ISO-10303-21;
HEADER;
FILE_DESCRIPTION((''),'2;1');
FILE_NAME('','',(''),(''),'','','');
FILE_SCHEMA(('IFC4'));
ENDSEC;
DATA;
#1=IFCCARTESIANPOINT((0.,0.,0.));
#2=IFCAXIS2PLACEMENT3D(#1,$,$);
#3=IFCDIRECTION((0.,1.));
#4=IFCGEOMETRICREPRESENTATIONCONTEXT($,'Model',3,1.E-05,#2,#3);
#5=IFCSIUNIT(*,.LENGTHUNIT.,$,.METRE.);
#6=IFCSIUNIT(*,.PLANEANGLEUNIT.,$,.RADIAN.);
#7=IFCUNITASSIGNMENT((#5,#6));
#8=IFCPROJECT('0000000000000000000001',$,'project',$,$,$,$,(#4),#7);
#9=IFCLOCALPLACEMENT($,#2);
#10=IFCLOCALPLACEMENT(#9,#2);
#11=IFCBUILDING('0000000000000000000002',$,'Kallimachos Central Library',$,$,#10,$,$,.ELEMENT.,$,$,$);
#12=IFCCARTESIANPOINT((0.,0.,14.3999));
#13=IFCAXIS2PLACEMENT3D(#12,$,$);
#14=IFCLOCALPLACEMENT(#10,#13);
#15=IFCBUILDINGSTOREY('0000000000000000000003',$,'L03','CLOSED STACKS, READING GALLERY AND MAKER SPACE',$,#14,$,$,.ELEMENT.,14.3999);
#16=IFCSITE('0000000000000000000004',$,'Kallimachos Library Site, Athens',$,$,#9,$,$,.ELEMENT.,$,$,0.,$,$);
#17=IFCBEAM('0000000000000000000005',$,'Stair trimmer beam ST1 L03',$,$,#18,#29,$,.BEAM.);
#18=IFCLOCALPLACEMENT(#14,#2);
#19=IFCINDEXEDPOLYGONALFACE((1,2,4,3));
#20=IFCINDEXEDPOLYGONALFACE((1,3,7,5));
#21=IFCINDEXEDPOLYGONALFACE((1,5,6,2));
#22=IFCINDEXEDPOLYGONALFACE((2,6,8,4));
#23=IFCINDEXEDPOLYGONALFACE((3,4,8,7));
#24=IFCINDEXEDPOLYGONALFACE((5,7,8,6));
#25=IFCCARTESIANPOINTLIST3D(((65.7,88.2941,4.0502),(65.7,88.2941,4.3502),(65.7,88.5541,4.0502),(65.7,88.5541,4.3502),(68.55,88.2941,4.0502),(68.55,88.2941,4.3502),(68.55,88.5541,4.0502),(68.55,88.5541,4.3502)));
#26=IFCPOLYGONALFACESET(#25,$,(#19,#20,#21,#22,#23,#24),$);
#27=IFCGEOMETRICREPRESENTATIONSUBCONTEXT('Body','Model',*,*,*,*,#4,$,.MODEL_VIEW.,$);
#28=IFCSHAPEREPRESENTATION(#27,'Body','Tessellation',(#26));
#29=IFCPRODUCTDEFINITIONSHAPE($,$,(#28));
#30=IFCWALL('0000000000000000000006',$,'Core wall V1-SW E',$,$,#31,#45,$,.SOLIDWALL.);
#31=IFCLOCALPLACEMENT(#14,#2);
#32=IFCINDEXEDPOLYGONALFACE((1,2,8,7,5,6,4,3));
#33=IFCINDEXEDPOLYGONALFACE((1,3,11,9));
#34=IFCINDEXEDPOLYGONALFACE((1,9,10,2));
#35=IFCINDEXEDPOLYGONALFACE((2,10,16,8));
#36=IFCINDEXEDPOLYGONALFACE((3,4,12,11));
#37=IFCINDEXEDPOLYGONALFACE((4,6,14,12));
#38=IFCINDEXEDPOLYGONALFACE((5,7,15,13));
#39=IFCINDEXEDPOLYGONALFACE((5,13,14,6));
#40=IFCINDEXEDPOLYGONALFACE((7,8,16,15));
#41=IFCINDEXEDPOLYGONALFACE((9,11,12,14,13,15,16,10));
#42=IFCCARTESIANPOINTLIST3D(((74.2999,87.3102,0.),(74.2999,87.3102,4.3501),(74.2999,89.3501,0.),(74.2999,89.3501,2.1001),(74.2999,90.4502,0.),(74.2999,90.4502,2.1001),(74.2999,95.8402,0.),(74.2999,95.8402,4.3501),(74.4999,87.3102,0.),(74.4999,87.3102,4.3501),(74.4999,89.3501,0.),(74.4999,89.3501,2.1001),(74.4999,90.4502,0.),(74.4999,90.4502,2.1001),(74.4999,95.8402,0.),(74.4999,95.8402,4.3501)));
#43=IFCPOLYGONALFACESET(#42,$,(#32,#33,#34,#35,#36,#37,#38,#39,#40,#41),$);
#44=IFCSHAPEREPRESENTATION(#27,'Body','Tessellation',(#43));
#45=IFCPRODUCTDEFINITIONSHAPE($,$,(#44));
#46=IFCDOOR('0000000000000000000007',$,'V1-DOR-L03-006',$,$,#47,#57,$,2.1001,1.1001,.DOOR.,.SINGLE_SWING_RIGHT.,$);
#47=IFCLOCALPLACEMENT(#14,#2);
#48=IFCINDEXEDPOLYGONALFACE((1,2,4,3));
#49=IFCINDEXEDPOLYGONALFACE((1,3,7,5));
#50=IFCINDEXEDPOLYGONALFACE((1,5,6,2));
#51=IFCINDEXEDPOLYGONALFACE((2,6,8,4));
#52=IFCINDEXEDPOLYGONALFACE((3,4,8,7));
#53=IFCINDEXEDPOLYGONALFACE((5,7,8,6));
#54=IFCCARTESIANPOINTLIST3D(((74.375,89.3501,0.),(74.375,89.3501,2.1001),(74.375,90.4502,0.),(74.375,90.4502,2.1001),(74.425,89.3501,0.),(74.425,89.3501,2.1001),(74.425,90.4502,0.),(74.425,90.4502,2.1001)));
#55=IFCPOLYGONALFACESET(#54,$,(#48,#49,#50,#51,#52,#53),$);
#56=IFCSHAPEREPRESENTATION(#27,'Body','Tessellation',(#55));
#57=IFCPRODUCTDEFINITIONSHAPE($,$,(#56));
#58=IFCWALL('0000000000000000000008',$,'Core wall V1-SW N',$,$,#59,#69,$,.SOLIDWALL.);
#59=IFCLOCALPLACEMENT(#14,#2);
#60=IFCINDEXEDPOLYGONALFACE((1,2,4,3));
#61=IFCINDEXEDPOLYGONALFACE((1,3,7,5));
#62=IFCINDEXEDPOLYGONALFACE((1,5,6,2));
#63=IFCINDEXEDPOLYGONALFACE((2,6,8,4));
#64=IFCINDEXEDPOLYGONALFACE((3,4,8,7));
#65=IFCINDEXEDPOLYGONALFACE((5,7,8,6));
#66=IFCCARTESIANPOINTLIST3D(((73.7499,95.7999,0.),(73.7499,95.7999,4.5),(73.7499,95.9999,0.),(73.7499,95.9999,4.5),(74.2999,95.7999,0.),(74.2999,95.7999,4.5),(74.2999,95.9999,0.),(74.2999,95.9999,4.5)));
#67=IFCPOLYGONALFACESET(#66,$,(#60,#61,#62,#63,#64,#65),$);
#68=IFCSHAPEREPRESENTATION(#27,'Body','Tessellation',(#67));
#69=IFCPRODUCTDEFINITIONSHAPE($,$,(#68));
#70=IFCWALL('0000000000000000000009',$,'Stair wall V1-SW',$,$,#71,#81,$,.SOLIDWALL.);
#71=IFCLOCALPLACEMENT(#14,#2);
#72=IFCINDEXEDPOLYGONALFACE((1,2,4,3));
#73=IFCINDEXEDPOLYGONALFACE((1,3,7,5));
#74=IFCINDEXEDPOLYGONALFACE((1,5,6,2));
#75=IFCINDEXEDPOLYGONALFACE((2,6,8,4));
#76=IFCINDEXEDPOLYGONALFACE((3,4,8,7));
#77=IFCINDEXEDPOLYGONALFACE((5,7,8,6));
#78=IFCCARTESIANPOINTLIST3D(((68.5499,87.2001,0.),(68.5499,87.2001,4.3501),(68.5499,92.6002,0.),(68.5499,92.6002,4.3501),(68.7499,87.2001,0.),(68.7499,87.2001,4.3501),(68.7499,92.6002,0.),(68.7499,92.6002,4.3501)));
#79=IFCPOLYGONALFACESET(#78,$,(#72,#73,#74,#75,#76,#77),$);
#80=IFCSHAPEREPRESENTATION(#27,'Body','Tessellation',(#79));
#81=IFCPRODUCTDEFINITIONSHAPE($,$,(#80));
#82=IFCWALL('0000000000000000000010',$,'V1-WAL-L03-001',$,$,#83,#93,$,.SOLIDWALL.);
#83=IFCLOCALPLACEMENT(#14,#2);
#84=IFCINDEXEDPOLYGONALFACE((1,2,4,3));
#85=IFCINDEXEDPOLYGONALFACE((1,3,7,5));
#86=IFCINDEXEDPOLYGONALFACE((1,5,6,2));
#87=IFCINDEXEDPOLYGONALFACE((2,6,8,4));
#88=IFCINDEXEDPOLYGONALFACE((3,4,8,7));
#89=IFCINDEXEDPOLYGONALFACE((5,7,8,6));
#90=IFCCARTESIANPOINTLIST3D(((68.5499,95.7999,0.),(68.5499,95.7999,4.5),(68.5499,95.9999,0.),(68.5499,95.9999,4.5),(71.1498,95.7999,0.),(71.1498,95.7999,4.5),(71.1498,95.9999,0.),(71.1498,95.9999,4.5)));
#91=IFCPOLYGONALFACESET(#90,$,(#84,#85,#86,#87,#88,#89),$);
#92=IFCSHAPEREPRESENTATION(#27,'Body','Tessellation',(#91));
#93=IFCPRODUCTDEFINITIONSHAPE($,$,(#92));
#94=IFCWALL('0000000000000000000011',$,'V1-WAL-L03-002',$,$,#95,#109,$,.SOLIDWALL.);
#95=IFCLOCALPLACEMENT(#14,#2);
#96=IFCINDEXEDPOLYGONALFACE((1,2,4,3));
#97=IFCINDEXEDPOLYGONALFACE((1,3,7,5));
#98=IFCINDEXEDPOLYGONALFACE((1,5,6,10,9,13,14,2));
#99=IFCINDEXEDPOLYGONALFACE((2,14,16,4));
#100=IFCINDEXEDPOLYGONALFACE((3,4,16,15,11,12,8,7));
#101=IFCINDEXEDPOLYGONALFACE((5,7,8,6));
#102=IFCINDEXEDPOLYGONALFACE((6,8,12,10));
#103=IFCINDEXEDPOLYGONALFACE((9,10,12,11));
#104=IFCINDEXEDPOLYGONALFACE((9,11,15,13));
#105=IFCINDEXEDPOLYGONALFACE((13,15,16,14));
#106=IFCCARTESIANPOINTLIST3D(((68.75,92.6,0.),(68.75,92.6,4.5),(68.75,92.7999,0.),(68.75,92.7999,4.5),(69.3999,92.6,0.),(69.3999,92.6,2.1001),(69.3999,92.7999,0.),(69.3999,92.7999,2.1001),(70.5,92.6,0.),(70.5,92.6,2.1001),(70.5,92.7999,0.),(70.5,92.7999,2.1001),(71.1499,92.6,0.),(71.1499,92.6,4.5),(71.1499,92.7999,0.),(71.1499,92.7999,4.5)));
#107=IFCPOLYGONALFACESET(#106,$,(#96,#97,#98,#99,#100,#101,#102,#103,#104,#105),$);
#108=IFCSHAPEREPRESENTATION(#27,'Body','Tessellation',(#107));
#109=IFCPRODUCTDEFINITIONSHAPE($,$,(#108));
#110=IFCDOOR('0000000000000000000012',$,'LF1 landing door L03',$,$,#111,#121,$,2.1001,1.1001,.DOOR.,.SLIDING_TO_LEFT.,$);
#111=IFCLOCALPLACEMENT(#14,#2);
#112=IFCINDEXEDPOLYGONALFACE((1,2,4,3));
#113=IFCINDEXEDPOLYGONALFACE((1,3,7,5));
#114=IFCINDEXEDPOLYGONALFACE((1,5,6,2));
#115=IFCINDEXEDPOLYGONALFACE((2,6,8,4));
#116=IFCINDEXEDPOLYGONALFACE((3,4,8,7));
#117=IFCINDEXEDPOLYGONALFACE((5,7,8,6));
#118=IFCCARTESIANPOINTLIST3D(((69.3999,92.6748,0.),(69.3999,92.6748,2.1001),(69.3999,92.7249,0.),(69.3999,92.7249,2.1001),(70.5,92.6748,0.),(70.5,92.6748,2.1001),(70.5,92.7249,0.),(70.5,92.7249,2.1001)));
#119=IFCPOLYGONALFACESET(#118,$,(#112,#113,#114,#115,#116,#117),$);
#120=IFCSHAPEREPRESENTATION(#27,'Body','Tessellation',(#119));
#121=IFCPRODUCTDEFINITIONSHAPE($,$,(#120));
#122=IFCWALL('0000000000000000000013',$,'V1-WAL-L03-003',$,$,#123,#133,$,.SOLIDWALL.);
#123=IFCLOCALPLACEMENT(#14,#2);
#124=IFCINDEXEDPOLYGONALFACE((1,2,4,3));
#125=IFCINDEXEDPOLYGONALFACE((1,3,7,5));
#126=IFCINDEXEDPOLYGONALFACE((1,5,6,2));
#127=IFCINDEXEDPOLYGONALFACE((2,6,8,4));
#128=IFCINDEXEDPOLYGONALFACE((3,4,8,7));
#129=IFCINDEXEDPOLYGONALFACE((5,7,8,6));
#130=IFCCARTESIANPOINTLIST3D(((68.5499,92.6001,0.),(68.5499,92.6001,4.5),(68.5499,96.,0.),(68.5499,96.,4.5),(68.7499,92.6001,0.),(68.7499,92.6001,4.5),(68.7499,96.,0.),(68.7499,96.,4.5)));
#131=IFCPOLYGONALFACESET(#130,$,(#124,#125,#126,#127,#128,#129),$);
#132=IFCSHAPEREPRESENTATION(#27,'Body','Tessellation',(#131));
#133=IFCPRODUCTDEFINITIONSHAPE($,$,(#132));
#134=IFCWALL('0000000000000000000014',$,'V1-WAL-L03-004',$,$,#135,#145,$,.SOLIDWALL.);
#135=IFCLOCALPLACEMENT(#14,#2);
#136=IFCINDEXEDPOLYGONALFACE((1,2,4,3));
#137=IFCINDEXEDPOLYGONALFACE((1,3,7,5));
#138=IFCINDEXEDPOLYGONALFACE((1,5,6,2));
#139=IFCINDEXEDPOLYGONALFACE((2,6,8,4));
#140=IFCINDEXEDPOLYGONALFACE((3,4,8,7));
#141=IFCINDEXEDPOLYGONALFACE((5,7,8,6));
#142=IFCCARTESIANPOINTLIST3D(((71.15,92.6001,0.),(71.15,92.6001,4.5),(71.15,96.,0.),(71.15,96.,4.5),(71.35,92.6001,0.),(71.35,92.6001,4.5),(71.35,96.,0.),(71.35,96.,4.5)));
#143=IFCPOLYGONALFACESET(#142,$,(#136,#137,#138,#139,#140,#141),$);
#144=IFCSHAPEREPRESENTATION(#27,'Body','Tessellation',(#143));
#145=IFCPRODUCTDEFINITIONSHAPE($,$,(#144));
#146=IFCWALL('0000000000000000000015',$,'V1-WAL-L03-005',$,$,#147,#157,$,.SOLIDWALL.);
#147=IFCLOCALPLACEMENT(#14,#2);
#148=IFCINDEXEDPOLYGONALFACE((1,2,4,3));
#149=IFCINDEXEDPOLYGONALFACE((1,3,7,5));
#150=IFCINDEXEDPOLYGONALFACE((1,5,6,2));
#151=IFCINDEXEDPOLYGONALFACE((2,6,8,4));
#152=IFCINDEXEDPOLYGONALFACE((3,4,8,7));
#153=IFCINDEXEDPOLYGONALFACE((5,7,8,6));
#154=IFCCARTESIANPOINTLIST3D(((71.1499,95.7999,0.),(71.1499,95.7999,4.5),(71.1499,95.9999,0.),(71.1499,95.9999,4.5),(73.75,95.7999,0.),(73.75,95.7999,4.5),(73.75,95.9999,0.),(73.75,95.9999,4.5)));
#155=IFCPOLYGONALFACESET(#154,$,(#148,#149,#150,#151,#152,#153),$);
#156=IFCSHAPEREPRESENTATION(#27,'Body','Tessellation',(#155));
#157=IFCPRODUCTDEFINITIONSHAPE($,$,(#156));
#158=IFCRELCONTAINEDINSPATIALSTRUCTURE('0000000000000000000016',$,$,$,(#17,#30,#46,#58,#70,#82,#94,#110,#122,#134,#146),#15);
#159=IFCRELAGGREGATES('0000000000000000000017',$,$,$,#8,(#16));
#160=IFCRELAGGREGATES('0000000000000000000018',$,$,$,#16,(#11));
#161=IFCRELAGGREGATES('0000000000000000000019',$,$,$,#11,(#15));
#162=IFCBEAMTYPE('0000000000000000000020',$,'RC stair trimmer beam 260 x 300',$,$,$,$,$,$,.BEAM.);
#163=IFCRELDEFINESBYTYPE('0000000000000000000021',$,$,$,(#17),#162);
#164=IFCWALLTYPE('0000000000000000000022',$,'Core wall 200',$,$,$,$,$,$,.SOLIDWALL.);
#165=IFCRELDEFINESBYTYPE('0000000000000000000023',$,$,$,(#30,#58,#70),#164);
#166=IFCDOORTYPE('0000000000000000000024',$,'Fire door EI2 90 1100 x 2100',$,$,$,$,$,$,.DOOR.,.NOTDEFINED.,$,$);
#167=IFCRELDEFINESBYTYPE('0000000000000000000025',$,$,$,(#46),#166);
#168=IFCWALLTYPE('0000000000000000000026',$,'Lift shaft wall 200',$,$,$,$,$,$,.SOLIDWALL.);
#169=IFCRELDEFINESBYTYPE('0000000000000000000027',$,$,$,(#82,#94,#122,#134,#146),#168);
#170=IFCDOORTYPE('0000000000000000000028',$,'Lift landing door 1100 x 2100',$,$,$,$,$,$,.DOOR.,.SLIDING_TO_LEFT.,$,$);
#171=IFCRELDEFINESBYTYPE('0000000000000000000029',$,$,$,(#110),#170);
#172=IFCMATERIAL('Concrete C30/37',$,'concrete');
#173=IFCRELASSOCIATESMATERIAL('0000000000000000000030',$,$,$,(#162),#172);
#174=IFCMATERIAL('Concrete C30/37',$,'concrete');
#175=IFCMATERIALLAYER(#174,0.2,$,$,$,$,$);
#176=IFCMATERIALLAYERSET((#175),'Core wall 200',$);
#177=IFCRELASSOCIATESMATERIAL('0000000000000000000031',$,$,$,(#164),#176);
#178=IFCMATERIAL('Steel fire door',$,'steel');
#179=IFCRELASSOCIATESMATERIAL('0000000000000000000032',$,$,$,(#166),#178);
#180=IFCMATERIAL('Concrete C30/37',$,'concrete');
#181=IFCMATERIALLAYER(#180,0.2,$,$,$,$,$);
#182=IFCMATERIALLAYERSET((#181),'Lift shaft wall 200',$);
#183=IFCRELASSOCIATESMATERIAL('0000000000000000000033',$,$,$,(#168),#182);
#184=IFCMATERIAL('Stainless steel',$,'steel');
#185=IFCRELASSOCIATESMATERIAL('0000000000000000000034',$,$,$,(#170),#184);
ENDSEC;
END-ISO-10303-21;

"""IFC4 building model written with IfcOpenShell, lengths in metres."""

from ifc_helpers import new_model, si_unit, direction, frame, frame_2d, origin, origin_2d, place, context, subcontext, project, spatial, rectangle, extrude, material, layer, layer_set, material_profile, profile_set, type_object, element, fill, save


model = new_model("IFC4")

# Units and contexts
model_context = context("Model", 3, precision=1e-05, world=origin(), true_north=direction((0.0, 1.0)))
body_context = subcontext(model_context, "Body", "Model", "MODEL_VIEW")
ifc_project = project(units=[si_unit("LENGTHUNIT", "METRE"), si_unit("PLANEANGLEUNIT", "RADIAN")], contexts=[model_context])

# Site, building, storey
site_placement = place(None, origin())
site = spatial("IfcSite", under=ifc_project, at=site_placement, Name="Kallimachos Library Site, Athens", CompositionType="ELEMENT", RefElevation=0.0)
building_placement = place(site_placement, origin())
building = spatial("IfcBuilding", under=site, at=building_placement, Name="Kallimachos Central Library", CompositionType="ELEMENT")
storey_placement = place(building_placement, frame((0.0, 0.0, 14.3999)))
storey = spatial("IfcBuildingStorey", under=building, at=storey_placement, Name="L03", Description="CLOSED STACKS, READING GALLERY AND MAKER SPACE", CompositionType="ELEMENT", Elevation=14.3999)

# Beam
ifc_material_1 = material(Name="Concrete C30/37", Category="concrete")
ifc_material_profile = material_profile(ifc_material_1, rectangle(XDim=0.26, YDim=0.3, at=origin_2d()), Name="RC stair trimmer beam 260 x 300")
ifc_profile_set = profile_set([ifc_material_profile], Name="Concrete C30/37")
beam_type = type_object("IfcBeamType", Name="RC stair trimmer beam 260 x 300", PredefinedType="BEAM", material=ifc_profile_set)
beam_placement = place(storey_placement, frame((68.55, 88.4241, 4.2002), z_axis=(-1.0, 0.0, 0.0), x_axis=(0.0, -1.0, 0.0)))
element("IfcBeam", 1, at=beam_placement, inside=storey, type_object=beam_type, Name="Stair trimmer beam ST1 L03", PredefinedType="BEAM", context=body_context, shape_type="SweptSolid", body=[
    extrude(rectangle(XDim=0.26, YDim=0.3, at=origin_2d()), origin(), (0.0, 0.0, 1.0), 2.8501),
])

# Wall, opening, door
ifc_material_2 = material(Name="Concrete C30/37", Category="concrete")
ifc_layer_1 = layer(ifc_material_2, 0.2)
ifc_layer_set_1 = layer_set([ifc_layer_1], Name="Core wall 200")
wall_type_1 = type_object("IfcWallType", Name="Core wall 200", PredefinedType="SOLIDWALL", material=ifc_layer_set_1)
wall_1_placement = place(storey_placement, frame((74.3999, 87.3101, 0.0), z_axis=(0.0, 0.0, 1.0), x_axis=(0.0, 1.0, 0.0)))
wall_1 = element("IfcWall", 2, at=wall_1_placement, inside=storey, type_object=wall_type_1, Name="Core wall V1-SW E", PredefinedType="SOLIDWALL", context=body_context, shape_type="SweptSolid", body=[
    extrude(rectangle(XDim=8.53, YDim=0.2, at=frame_2d((4.2651, 0.0))), origin(), (0.0, 0.0, 1.0), 4.3501),
])
opening_1_placement = place(wall_1_placement, frame((2.04, 0.0, 0.0)))
opening_1 = element("IfcOpeningElement", 3, at=opening_1_placement, cuts=wall_1, PredefinedType="OPENING", context=body_context, shape_type="SweptSolid", body=[
    extrude(rectangle(XDim=1.1001, YDim=2.1001, at=frame_2d((0.55, 1.05))), frame((0.0, 0.1099, 0.0), z_axis=(0.0, -1.0, 0.0), x_axis=(1.0, 0.0, 0.0)), (0.0, 0.0, 1.0), 0.22),
])
ifc_material_3 = material(Name="Steel fire door", Category="steel")
door_type_1 = type_object("IfcDoorType", Name="Fire door EI2 90 1100 x 2100", OperationType="NOTDEFINED", PredefinedType="DOOR", material=ifc_material_3)
door_1_placement = place(opening_1_placement, origin())
door_1 = element("IfcDoor", 4, at=door_1_placement, inside=storey, type_object=door_type_1, Name="V1-DOR-L03-006", OperationType="SINGLE_SWING_RIGHT", OverallHeight=2.1001, OverallWidth=1.1001, PredefinedType="DOOR", context=body_context, shape_type="SweptSolid", body=[
    extrude(rectangle(XDim=1.1001, YDim=2.1001, at=frame_2d((0.55, 1.05))), frame((0.0, 0.0249, 0.0), z_axis=(0.0, -1.0, 0.0), x_axis=(1.0, 0.0, 0.0)), (0.0, 0.0, 1.0), 0.05),
])
fill(opening_1, door_1)

# Walls
wall_2_placement = place(storey_placement, frame((73.75, 95.8999, 0.0), z_axis=(0.0, 0.0, 1.0), x_axis=(1.0, 0.0, 0.0)))
element("IfcWall", 5, at=wall_2_placement, inside=storey, type_object=wall_type_1, Name="Core wall V1-SW N", PredefinedType="SOLIDWALL", context=body_context, shape_type="SweptSolid", body=[
    extrude(rectangle(XDim=0.55, YDim=0.2, at=frame_2d((0.2749, 0.0))), origin(), (0.0, 0.0, 1.0), 4.5),
])
wall_3_placement = place(storey_placement, frame((68.6499, 87.2, 0.0), z_axis=(0.0, 0.0, 1.0), x_axis=(0.0, 1.0, 0.0)))
element("IfcWall", 6, at=wall_3_placement, inside=storey, type_object=wall_type_1, Name="Stair wall V1-SW", PredefinedType="SOLIDWALL", context=body_context, shape_type="SweptSolid", body=[
    extrude(rectangle(XDim=5.4001, YDim=0.2, at=frame_2d((2.7002, 0.0))), origin(), (0.0, 0.0, 1.0), 4.3501),
])
ifc_material_4 = material(Name="Concrete C30/37", Category="concrete")
ifc_layer_2 = layer(ifc_material_4, 0.2)
ifc_layer_set_2 = layer_set([ifc_layer_2], Name="Lift shaft wall 200")
wall_type_2 = type_object("IfcWallType", Name="Lift shaft wall 200", PredefinedType="SOLIDWALL", material=ifc_layer_set_2)
wall_4_placement = place(storey_placement, frame((68.55, 95.8999, 0.0), z_axis=(0.0, 0.0, 1.0), x_axis=(1.0, 0.0, 0.0)))
element("IfcWall", 7, at=wall_4_placement, inside=storey, type_object=wall_type_2, Name="V1-WAL-L03-001", PredefinedType="SOLIDWALL", context=body_context, shape_type="SweptSolid", body=[
    extrude(rectangle(XDim=2.5999, YDim=0.2, at=frame_2d((1.2998, 0.0))), origin(), (0.0, 0.0, 1.0), 4.5),
])

# Wall, opening, door
wall_5_placement = place(storey_placement, frame((68.75, 92.7, 0.0), z_axis=(0.0, 0.0, 1.0), x_axis=(1.0, 0.0, 0.0)))
wall_5 = element("IfcWall", 8, at=wall_5_placement, inside=storey, type_object=wall_type_2, Name="V1-WAL-L03-002", PredefinedType="SOLIDWALL", context=body_context, shape_type="SweptSolid", body=[
    extrude(rectangle(XDim=2.3999, YDim=0.2, at=frame_2d((1.2, 0.0))), origin(), (0.0, 0.0, 1.0), 4.5),
])
opening_2_placement = place(wall_5_placement, frame((0.6499, 0.0, 0.0)))
opening_2 = element("IfcOpeningElement", 9, at=opening_2_placement, cuts=wall_5, PredefinedType="OPENING", context=body_context, shape_type="SweptSolid", body=[
    extrude(rectangle(XDim=1.1001, YDim=2.1001, at=frame_2d((0.55, 1.05))), frame((0.0, 0.1099, 0.0), z_axis=(0.0, -1.0, 0.0), x_axis=(1.0, 0.0, 0.0)), (0.0, 0.0, 1.0), 0.22),
])
ifc_material_5 = material(Name="Stainless steel", Category="steel")
door_type_2 = type_object("IfcDoorType", Name="Lift landing door 1100 x 2100", OperationType="SLIDING_TO_LEFT", PredefinedType="DOOR", material=ifc_material_5)
door_2_placement = place(opening_2_placement, origin())
door_2 = element("IfcDoor", 10, at=door_2_placement, inside=storey, type_object=door_type_2, Name="LF1 landing door L03", OperationType="SLIDING_TO_LEFT", OverallHeight=2.1001, OverallWidth=1.1001, PredefinedType="DOOR", context=body_context, shape_type="SweptSolid", body=[
    extrude(rectangle(XDim=1.1001, YDim=2.1001, at=frame_2d((0.55, 1.05))), frame((0.0, 0.0249, 0.0), z_axis=(0.0, -1.0, 0.0), x_axis=(1.0, 0.0, 0.0)), (0.0, 0.0, 1.0), 0.05),
])
fill(opening_2, door_2)

# Walls
for number, where, z_axis, x_axis, name in (
    (11, (68.6499, 92.6001, 0.0), (0.0, 0.0, 1.0), (0.0, 1.0, 0.0), "V1-WAL-L03-003"),
    (12, (71.25, 92.6001, 0.0), (0.0, 0.0, 1.0), (0.0, 1.0, 0.0), "V1-WAL-L03-004"),
):
    element("IfcWall", number, at=place(storey_placement, frame(where, z_axis=z_axis, x_axis=x_axis)), inside=storey, type_object=wall_type_2, Name=name, PredefinedType="SOLIDWALL", context=body_context, shape_type="SweptSolid", body=[
        extrude(rectangle(XDim=3.3999, YDim=0.2, at=frame_2d((1.7, 0.0))), origin(), (0.0, 0.0, 1.0), 4.5),
    ])
wall_6_placement = place(storey_placement, frame((71.1499, 95.8999, 0.0), z_axis=(0.0, 0.0, 1.0), x_axis=(1.0, 0.0, 0.0)))
element("IfcWall", 13, at=wall_6_placement, inside=storey, type_object=wall_type_2, Name="V1-WAL-L03-005", PredefinedType="SOLIDWALL", context=body_context, shape_type="SweptSolid", body=[
    extrude(rectangle(XDim=2.6001, YDim=0.2, at=frame_2d((1.3, 0.0))), origin(), (0.0, 0.0, 1.0), 4.5),
])

save(model, "model.ifc")
